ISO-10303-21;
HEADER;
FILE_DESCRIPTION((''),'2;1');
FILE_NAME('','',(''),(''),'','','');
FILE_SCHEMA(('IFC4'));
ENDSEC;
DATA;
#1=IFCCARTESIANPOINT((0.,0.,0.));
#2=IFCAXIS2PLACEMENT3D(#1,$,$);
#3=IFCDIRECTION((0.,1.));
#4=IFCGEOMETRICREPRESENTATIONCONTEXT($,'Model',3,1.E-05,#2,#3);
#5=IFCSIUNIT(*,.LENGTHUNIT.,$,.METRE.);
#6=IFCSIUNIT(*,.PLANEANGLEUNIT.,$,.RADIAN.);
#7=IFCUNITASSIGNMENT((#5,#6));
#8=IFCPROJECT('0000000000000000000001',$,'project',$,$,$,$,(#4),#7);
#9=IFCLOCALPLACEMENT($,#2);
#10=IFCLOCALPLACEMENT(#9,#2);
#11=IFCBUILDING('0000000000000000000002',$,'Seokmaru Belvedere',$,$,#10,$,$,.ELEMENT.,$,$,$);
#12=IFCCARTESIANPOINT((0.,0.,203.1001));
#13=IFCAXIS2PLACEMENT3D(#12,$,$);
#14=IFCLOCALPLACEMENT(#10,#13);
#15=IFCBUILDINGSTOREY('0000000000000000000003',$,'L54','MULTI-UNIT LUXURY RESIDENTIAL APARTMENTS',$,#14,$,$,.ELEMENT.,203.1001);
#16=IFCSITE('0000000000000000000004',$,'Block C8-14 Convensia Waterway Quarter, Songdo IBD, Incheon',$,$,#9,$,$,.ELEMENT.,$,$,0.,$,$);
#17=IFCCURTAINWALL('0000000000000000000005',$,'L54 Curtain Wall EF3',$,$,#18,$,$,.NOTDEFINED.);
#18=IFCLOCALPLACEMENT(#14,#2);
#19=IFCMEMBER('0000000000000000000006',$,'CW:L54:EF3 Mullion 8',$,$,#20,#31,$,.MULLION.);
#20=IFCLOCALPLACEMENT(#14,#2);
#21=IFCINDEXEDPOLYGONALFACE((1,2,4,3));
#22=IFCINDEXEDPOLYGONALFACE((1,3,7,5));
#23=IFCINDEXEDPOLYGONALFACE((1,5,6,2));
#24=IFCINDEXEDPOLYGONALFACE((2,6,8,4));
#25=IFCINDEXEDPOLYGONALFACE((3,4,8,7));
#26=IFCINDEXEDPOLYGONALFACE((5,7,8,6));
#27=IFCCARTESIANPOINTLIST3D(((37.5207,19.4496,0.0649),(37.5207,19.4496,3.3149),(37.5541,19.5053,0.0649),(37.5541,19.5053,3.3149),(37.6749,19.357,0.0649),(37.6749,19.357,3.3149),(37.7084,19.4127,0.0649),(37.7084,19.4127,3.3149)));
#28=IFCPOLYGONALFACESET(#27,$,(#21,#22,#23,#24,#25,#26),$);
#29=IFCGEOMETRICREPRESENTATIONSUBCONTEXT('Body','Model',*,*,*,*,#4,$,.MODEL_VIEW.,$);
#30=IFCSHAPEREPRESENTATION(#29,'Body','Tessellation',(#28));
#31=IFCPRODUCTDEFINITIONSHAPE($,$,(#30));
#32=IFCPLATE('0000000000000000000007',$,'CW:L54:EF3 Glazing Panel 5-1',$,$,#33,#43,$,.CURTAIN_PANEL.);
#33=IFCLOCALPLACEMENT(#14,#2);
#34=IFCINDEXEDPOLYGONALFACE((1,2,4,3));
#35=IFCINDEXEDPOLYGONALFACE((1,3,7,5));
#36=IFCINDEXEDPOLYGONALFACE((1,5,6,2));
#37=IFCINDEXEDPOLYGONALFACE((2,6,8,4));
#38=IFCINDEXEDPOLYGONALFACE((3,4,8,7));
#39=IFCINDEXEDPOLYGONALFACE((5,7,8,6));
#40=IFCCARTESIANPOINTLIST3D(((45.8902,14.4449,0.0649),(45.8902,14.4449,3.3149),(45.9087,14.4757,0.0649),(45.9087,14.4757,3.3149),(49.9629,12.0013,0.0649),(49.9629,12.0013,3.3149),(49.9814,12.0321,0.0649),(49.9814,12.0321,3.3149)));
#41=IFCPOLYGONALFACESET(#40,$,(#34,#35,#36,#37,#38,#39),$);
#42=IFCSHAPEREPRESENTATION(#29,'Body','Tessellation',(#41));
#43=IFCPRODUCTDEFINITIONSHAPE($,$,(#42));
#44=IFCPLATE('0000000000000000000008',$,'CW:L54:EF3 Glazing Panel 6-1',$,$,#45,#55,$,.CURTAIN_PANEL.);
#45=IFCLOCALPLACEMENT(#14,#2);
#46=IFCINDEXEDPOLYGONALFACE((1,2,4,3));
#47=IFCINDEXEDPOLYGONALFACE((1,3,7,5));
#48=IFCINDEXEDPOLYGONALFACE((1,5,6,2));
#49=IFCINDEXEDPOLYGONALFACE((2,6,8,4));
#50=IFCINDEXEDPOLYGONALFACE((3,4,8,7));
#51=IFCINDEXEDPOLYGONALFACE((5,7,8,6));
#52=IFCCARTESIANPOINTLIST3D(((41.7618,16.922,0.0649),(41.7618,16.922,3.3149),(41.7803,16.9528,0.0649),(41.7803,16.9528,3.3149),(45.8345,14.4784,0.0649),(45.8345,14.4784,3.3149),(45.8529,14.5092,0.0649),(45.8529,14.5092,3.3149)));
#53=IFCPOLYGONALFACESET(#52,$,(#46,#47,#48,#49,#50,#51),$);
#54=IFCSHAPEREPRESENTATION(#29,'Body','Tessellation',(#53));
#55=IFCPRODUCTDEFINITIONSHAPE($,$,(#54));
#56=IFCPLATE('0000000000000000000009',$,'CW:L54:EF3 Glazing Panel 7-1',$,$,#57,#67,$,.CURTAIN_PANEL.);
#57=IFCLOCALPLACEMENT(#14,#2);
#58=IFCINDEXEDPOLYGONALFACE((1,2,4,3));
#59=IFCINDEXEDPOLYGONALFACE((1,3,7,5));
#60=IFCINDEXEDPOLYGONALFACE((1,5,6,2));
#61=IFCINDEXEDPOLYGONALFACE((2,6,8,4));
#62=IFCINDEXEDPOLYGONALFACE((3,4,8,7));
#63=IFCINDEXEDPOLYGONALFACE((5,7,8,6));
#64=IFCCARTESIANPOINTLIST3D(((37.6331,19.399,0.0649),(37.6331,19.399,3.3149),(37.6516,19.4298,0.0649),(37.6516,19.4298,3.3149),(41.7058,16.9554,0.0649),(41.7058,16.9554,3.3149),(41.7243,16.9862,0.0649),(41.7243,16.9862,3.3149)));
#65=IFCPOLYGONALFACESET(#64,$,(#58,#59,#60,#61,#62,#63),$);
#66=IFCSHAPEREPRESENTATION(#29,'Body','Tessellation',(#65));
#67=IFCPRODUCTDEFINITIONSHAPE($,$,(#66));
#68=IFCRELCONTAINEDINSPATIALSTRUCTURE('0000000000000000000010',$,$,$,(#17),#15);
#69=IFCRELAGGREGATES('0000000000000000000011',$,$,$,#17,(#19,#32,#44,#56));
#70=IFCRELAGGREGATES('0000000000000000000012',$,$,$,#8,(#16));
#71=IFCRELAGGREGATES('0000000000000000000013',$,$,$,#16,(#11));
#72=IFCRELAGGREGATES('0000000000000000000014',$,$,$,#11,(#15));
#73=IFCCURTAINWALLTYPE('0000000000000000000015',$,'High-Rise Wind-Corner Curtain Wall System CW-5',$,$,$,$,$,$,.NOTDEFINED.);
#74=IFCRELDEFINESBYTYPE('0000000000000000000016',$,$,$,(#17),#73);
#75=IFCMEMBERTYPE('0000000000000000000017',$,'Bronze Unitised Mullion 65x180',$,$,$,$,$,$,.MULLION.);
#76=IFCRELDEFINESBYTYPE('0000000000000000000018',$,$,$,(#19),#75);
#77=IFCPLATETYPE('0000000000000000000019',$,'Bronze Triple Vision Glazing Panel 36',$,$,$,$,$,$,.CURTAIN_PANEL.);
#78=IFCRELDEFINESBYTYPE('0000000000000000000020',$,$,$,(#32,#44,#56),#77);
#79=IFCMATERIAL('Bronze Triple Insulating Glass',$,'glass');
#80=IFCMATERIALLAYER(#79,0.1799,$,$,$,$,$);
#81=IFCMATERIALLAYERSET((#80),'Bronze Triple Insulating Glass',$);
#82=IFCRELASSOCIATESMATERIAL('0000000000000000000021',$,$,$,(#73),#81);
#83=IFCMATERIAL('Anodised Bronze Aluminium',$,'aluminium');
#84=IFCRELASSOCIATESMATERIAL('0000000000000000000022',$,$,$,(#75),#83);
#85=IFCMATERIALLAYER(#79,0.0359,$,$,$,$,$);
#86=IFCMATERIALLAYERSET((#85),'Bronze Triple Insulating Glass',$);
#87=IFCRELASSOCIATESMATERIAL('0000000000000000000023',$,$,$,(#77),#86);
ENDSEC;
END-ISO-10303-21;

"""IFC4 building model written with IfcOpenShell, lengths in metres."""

from ifc_helpers import new_model, si_unit, direction, frame, origin, origin_2d, place, context, subcontext, project, spatial, rectangle, extrude, source, transform, mapped, material, layer, layer_set, material_profile, profile_set, type_object, type_shapes, element, aggregate, save


model = new_model("IFC4")

# Units and contexts
model_context = context("Model", 3, precision=1e-05, world=origin(), true_north=direction((0.0, 1.0)))
body_context = subcontext(model_context, "Body", "Model", "MODEL_VIEW")
ifc_project = project(units=[si_unit("LENGTHUNIT", "METRE"), si_unit("PLANEANGLEUNIT", "RADIAN")], contexts=[model_context])

# Site, building, storey
site_placement = place(None, origin())
site = spatial("IfcSite", under=ifc_project, at=site_placement, Name="Block C8-14 Convensia Waterway Quarter, Songdo IBD, Incheon", CompositionType="ELEMENT", RefElevation=0.0)
building_placement = place(site_placement, origin())
building = spatial("IfcBuilding", under=site, at=building_placement, Name="Seokmaru Belvedere", CompositionType="ELEMENT")
storey_placement = place(building_placement, frame((0.0, 0.0, 203.1001)))
storey = spatial("IfcBuildingStorey", under=building, at=storey_placement, Name="L54", Description="MULTI-UNIT LUXURY RESIDENTIAL APARTMENTS", CompositionType="ELEMENT", Elevation=203.1001)

# Curtain wall, member, plates
ifc_material_1 = material(Name="Bronze Triple Insulating Glass", Category="glass")
ifc_layer_1 = layer(ifc_material_1, 0.1799)
ifc_layer_set_1 = layer_set([ifc_layer_1], Name="Bronze Triple Insulating Glass")
curtain_wall_type = type_object("IfcCurtainWallType", Name="High-Rise Wind-Corner Curtain Wall System CW-5", PredefinedType="NOTDEFINED", material=ifc_layer_set_1)
curtain_wall_placement = place(storey_placement, origin())
curtain_wall = element("IfcCurtainWall", 1, at=curtain_wall_placement, inside=storey, type_object=curtain_wall_type, Name="L54 Curtain Wall EF3", PredefinedType="NOTDEFINED")
ifc_material_2 = material(Name="Anodised Bronze Aluminium", Category="aluminium")
ifc_material_profile_1 = material_profile(ifc_material_2, rectangle(XDim=0.0649, YDim=0.1799, at=origin_2d()), Name="CW-M-65x180")
ifc_profile_set_1 = profile_set([ifc_material_profile_1], Name="Anodised Bronze Aluminium")
member_type = type_object("IfcMemberType", Name="Bronze Unitised Mullion 65x180", PredefinedType="MULLION", material=ifc_profile_set_1)
shared_shape_1 = source(origin(), body_context, "Body", "SweptSolid", [
    extrude(rectangle(XDim=0.0649, YDim=0.1799, at=origin_2d()), origin(), (0.0, 0.0, 1.0), 3.25),
])
type_shapes(member_type, [shared_shape_1])
member_1_placement = place(storey_placement, frame((37.6145, 19.4312, 0.0649), z_axis=(0.0, 0.0, 1.0), x_axis=(-0.514495, -0.857493, 0.0)))
member_1 = element("IfcMember", 2, at=member_1_placement, type_object=member_type, Name="CW:L54:EF3 Mullion 8", PredefinedType="MULLION", context=body_context, shape_type="MappedRepresentation", body=[
    mapped(shared_shape_1, transform((0.0, 0.0, 0.0), scale=1.0)),
])
ifc_layer_2 = layer(ifc_material_1, 0.0359)
ifc_layer_set_2 = layer_set([ifc_layer_2], Name="Bronze Triple Insulating Glass")
plate_type = type_object("IfcPlateType", Name="Bronze Triple Vision Glazing Panel 36", PredefinedType="CURTAIN_PANEL", material=ifc_layer_set_2)
shared_shape_2 = source(origin(), body_context, "Body", "SweptSolid", [
    extrude(rectangle(XDim=4.7495, YDim=0.0359, at=origin_2d()), origin(), (0.0, 0.0, 1.0), 3.25),
])
type_shapes(plate_type, [shared_shape_2])
plate_1_placement = place(storey_placement, frame((47.9358, 13.2385, 0.0649), z_axis=(0.0, 0.0, 1.0), x_axis=(-0.857493, 0.514495, 0.0)))
plate_1 = element("IfcPlate", 3, at=plate_1_placement, type_object=plate_type, Name="CW:L54:EF3 Glazing Panel 5-1", PredefinedType="CURTAIN_PANEL", context=body_context, shape_type="MappedRepresentation", body=[
    mapped(shared_shape_2, transform((0.0, 0.0, 0.0), scale=1.0)),
])
plate_2_placement = place(storey_placement, frame((43.8074, 15.7156, 0.0649), z_axis=(0.0, 0.0, 1.0), x_axis=(-0.857493, 0.514495, 0.0)))
plate_2 = element("IfcPlate", 4, at=plate_2_placement, type_object=plate_type, Name="CW:L54:EF3 Glazing Panel 6-1", PredefinedType="CURTAIN_PANEL", context=body_context, shape_type="MappedRepresentation", body=[
    mapped(shared_shape_2, transform((0.0, 0.0, 0.0), scale=1.0)),
])
plate_3_placement = place(storey_placement, frame((39.6787, 18.1926, 0.0649), z_axis=(0.0, 0.0, 1.0), x_axis=(-0.857493, 0.514495, 0.0)))
plate_3 = element("IfcPlate", 5, at=plate_3_placement, type_object=plate_type, Name="CW:L54:EF3 Glazing Panel 7-1", PredefinedType="CURTAIN_PANEL", context=body_context, shape_type="MappedRepresentation", body=[
    mapped(shared_shape_2, transform((0.0, 0.0, 0.0), scale=1.0)),
])
aggregate(curtain_wall, [member_1, plate_1, plate_2, plate_3])

save(model, "model.ifc")
